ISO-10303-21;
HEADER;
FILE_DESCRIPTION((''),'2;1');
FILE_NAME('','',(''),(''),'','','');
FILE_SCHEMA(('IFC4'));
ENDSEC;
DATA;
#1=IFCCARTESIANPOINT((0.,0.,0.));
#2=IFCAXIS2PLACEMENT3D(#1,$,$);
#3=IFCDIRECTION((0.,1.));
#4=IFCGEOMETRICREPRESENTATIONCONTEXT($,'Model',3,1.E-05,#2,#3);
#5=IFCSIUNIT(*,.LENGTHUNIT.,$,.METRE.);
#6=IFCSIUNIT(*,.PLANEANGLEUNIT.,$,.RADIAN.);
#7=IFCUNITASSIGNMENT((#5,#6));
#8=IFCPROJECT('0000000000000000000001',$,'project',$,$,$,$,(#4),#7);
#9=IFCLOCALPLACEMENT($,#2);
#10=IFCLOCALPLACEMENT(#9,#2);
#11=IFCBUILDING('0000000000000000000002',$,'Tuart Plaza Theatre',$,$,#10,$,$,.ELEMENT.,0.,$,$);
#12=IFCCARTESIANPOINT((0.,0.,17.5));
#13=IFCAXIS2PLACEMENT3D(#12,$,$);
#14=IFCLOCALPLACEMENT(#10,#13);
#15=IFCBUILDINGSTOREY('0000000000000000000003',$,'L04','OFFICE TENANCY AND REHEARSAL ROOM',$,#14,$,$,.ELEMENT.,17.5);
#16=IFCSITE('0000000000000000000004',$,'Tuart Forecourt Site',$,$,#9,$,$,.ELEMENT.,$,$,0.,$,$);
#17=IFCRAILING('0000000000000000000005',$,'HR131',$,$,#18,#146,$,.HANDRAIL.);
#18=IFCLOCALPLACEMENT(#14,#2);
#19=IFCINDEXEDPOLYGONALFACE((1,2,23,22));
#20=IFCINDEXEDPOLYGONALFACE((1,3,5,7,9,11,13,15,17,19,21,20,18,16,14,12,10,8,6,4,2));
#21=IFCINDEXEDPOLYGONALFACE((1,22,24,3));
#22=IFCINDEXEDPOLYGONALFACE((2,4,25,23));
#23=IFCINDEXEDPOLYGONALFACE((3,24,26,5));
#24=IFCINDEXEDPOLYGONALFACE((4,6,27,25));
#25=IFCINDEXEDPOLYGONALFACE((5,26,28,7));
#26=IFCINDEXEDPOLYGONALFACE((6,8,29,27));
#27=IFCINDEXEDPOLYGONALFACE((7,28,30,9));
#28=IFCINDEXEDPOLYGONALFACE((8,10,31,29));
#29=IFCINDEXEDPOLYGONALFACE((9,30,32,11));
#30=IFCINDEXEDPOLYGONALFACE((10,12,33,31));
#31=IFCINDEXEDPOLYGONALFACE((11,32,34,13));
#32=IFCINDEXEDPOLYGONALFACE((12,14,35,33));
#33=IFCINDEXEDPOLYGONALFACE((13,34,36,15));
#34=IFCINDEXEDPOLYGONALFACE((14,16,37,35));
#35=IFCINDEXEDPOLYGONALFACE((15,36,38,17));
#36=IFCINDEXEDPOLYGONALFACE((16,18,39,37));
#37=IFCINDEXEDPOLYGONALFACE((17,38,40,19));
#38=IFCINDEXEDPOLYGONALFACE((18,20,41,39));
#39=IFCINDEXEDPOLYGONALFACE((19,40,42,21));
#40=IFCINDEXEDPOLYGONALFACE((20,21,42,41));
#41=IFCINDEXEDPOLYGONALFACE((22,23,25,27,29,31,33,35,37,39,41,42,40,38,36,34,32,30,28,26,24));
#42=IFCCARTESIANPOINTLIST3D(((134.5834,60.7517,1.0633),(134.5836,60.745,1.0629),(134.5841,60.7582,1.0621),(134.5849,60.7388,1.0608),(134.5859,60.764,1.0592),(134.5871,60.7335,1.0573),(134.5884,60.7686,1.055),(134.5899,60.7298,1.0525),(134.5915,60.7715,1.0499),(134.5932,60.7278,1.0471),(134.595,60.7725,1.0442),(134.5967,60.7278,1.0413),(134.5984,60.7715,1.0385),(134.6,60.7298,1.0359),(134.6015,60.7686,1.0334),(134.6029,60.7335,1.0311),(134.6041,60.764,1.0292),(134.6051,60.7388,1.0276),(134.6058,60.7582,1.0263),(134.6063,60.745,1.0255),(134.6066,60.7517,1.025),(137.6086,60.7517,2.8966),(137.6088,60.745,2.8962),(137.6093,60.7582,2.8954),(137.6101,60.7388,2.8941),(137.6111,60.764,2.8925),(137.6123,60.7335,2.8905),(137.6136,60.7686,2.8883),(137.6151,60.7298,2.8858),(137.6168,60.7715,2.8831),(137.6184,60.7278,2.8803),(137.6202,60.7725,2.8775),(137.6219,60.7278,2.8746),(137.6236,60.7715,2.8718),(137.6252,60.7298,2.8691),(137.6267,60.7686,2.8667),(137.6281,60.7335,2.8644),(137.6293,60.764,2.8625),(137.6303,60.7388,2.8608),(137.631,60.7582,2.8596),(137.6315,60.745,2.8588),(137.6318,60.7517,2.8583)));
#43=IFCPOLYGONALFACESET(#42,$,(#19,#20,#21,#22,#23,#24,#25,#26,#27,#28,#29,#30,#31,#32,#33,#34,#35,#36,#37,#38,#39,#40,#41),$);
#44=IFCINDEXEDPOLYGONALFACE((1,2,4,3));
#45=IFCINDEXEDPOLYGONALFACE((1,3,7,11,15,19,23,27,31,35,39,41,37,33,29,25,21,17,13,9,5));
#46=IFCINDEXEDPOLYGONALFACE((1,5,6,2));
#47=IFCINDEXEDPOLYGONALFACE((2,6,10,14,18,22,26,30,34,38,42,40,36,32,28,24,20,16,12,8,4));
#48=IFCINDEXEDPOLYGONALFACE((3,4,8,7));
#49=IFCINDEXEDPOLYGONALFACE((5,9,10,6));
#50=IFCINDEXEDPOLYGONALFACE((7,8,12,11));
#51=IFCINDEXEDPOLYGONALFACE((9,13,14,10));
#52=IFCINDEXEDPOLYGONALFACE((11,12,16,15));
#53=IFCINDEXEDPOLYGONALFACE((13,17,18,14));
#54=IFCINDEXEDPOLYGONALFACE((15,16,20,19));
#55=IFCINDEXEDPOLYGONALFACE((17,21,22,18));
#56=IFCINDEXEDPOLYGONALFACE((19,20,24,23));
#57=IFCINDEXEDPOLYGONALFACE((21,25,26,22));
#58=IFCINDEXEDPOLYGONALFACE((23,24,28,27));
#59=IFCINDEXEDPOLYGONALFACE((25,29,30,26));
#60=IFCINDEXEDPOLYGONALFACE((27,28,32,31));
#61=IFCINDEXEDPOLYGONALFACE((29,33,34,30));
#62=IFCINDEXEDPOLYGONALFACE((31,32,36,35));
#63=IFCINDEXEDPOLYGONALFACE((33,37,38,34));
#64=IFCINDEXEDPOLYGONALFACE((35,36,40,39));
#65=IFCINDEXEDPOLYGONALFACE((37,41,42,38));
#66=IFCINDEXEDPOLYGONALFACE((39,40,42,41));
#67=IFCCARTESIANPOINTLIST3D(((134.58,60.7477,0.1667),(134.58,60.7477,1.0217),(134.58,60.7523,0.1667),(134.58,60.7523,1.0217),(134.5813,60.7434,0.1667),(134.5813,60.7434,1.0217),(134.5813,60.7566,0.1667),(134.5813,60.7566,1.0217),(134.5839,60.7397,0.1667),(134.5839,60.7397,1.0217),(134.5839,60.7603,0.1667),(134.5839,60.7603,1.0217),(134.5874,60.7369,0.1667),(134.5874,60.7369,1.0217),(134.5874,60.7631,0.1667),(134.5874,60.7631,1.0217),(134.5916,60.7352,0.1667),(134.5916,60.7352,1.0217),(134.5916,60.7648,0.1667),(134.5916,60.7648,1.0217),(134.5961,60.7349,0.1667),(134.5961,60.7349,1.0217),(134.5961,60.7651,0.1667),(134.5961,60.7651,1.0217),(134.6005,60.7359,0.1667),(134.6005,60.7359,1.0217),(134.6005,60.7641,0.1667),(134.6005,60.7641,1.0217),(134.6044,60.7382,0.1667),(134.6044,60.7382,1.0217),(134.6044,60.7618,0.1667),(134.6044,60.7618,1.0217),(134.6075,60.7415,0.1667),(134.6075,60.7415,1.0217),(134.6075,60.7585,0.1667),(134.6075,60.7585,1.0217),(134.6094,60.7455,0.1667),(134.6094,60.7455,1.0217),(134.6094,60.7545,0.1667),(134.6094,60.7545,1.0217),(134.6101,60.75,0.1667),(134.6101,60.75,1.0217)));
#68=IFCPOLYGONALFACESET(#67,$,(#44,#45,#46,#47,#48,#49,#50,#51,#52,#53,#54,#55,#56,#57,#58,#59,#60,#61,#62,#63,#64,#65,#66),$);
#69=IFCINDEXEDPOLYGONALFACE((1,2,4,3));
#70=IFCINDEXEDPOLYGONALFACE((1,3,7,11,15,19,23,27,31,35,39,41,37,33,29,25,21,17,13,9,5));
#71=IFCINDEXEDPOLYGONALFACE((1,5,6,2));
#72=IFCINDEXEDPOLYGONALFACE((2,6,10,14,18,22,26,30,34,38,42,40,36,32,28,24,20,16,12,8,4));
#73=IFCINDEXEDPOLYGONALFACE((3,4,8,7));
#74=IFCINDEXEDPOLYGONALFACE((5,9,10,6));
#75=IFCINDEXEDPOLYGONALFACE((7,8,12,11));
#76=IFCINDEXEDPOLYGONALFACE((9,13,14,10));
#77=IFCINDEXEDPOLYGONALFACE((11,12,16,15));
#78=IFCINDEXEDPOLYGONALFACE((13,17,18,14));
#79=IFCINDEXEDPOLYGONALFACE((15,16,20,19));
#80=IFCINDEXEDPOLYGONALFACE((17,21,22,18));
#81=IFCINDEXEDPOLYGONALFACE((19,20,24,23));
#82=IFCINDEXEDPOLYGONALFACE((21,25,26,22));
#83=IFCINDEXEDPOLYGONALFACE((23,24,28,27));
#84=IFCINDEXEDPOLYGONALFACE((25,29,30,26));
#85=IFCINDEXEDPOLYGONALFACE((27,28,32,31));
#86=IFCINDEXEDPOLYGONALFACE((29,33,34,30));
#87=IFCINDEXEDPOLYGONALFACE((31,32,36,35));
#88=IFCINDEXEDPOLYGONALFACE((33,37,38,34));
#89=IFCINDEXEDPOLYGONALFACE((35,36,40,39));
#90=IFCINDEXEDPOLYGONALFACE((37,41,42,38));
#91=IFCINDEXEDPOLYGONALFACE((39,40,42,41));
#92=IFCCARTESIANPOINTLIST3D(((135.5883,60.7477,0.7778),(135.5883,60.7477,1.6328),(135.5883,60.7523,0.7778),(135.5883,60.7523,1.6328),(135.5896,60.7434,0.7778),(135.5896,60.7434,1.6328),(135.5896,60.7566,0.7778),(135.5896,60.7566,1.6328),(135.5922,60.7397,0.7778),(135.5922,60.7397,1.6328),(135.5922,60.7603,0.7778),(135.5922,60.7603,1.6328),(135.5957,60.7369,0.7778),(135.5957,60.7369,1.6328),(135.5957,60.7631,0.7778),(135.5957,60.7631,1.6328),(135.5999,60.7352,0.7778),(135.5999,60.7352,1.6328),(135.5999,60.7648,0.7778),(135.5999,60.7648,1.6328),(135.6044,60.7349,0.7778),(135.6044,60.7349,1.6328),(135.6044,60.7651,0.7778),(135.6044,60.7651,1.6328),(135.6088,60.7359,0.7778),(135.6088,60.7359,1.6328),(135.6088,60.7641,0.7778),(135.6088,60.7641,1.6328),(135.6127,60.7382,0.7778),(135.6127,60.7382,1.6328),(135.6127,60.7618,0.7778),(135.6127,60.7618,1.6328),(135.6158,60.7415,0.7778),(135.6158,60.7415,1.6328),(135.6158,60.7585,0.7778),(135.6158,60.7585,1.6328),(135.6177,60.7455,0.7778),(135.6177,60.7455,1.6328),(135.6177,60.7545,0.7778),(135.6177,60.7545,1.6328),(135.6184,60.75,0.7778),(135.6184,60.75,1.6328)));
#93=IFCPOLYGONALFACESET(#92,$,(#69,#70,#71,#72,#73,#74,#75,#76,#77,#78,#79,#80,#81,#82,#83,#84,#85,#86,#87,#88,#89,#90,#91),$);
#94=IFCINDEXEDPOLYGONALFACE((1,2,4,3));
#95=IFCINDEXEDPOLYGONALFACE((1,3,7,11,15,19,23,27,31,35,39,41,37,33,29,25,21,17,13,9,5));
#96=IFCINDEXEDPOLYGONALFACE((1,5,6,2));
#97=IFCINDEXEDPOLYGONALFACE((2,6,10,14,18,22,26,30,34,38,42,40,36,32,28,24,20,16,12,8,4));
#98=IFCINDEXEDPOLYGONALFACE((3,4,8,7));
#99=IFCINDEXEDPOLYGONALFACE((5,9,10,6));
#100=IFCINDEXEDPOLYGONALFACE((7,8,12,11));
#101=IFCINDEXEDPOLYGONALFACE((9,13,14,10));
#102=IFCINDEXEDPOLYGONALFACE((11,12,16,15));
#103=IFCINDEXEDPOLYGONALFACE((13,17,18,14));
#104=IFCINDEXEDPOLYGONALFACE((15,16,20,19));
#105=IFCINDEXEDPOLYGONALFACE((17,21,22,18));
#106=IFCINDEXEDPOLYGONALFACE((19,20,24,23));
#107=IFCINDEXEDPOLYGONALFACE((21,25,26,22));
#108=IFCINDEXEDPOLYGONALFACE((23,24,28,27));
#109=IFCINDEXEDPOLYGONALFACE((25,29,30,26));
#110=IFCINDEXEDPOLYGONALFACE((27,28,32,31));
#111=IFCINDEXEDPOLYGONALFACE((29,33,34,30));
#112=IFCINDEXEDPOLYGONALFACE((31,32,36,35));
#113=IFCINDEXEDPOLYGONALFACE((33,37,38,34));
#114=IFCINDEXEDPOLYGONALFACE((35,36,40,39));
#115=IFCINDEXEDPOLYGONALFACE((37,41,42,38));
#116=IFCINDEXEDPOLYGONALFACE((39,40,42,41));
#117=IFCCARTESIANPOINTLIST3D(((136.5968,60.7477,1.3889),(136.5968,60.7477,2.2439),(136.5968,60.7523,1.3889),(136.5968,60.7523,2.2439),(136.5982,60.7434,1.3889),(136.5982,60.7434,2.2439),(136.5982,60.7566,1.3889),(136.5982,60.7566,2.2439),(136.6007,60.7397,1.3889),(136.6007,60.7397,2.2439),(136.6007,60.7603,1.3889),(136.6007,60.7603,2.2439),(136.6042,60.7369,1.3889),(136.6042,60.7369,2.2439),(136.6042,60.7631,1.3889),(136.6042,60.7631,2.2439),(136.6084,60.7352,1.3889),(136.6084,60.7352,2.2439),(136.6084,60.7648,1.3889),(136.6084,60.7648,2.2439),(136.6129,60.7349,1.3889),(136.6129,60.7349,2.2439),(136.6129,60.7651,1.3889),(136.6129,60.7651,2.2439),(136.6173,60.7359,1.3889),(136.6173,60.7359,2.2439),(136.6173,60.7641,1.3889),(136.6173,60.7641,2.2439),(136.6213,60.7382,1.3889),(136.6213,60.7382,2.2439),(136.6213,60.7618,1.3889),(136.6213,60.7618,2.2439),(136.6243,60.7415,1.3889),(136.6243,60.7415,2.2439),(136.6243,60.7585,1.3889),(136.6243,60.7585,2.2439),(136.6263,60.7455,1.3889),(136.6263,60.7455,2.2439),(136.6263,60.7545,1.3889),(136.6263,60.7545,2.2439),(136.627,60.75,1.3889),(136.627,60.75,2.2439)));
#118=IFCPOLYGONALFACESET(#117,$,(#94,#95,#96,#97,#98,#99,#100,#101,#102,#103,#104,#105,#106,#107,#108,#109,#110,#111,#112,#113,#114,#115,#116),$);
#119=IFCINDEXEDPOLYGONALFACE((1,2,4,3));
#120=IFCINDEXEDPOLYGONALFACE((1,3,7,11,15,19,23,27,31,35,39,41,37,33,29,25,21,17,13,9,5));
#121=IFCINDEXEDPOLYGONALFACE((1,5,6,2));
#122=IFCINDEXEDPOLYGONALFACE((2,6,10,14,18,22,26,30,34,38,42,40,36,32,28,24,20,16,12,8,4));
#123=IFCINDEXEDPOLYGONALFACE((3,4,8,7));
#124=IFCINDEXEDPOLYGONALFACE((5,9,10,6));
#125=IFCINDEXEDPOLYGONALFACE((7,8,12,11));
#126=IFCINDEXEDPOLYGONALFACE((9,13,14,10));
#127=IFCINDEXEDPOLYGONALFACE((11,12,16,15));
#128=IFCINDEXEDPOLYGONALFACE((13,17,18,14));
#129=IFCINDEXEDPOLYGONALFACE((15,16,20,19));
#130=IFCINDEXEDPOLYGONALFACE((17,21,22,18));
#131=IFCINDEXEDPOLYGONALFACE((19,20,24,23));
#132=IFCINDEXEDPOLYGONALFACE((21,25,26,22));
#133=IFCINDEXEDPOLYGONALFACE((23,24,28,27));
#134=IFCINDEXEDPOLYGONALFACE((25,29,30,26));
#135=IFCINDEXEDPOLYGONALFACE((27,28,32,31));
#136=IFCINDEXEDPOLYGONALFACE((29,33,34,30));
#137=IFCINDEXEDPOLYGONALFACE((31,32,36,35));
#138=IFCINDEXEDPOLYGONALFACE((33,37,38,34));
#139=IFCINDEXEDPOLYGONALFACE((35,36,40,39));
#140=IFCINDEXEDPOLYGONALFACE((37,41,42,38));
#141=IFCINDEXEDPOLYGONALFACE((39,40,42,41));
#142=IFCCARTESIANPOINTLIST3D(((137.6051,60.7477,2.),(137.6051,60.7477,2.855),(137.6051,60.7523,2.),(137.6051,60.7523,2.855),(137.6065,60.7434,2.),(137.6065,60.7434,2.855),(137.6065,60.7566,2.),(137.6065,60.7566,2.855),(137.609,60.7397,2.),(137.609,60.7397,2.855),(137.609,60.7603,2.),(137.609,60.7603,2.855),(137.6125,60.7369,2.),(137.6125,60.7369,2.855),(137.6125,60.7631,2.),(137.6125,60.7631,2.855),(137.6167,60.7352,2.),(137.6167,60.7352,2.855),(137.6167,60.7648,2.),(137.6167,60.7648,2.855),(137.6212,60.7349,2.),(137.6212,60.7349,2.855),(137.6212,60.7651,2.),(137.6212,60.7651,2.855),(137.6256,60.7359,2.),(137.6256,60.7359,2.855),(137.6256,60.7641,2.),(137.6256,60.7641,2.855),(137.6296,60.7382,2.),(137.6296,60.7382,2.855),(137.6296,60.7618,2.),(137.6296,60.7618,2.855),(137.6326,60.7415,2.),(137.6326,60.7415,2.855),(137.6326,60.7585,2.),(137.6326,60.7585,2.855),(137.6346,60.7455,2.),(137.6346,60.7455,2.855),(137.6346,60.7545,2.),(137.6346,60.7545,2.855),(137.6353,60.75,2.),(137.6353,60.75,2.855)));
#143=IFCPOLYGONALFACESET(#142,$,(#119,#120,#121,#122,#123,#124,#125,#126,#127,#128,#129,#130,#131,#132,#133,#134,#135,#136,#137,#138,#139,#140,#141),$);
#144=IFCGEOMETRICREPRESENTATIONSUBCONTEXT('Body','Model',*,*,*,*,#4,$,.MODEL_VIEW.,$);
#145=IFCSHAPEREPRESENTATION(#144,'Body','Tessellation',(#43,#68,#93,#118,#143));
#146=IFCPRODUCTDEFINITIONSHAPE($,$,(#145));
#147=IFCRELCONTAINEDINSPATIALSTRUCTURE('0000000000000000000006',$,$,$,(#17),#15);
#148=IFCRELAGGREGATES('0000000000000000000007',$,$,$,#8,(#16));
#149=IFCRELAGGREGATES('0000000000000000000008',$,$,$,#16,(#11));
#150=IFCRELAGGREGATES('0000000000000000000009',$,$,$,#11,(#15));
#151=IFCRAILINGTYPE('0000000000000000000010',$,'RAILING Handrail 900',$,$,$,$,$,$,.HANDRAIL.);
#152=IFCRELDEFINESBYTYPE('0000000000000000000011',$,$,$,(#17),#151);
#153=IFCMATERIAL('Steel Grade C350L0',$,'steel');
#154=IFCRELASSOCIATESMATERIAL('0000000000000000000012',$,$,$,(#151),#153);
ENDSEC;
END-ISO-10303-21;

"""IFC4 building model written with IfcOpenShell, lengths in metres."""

from ifc_helpers import new_model, si_unit, direction, frame, origin, origin_2d, place, context, subcontext, project, spatial, circle, extrude, material, type_object, element, save


model = new_model("IFC4")

# Units and contexts
model_context = context("Model", 3, precision=1e-05, world=origin(), true_north=direction((0.0, 1.0)))
body_context = subcontext(model_context, "Body", "Model", "MODEL_VIEW")
ifc_project = project(units=[si_unit("LENGTHUNIT", "METRE"), si_unit("PLANEANGLEUNIT", "RADIAN")], contexts=[model_context])

# Site, building, storey
site_placement = place(None, origin())
site = spatial("IfcSite", under=ifc_project, at=site_placement, Name="Tuart Forecourt Site", CompositionType="ELEMENT", RefElevation=0.0)
building_placement = place(site_placement, origin())
building = spatial("IfcBuilding", under=site, at=building_placement, Name="Tuart Plaza Theatre", CompositionType="ELEMENT", ElevationOfRefHeight=0.0)
storey_placement = place(building_placement, frame((0.0, 0.0, 17.5)))
storey = spatial("IfcBuildingStorey", under=building, at=storey_placement, Name="L04", Description="OFFICE TENANCY AND REHEARSAL ROOM", CompositionType="ELEMENT", Elevation=17.5)

# Railing
ifc_material_1 = material(Name="Steel Grade C350L0", Category="steel")
railing_type_1 = type_object("IfcRailingType", Name="RAILING Handrail 900", PredefinedType="HANDRAIL", material=ifc_material_1)
railing_1_placement = place(storey_placement, frame((134.595, 60.75, 0.1667)))
element("IfcRailing", 1, at=railing_1_placement, inside=storey, type_object=railing_type_1, Name="HR131", PredefinedType="HANDRAIL", context=body_context, shape_type="SweptSolid", body=[
    extrude(circle(Radius=0.0225, at=origin_2d()), frame((0.0, 0.0, 0.8774), z_axis=(0.855219, 0.0, 0.518267), x_axis=(0.0, 1.0, 0.0)), (0.0, 0.0, 1.0), 3.5374),
    extrude(circle(Radius=0.0151, at=origin_2d()), origin(), (0.0, 0.0, 1.0), 0.855),
    extrude(circle(Radius=0.0151, at=origin_2d()), frame((1.0083, 0.0, 0.6111)), (0.0, 0.0, 1.0), 0.855),
    extrude(circle(Radius=0.0151, at=origin_2d()), frame((2.0168, 0.0, 1.2222)), (0.0, 0.0, 1.0), 0.855),
    extrude(circle(Radius=0.0151, at=origin_2d()), frame((3.0251, 0.0, 1.8333)), (0.0, 0.0, 1.0), 0.855),
])

save(model, "model.ifc")
